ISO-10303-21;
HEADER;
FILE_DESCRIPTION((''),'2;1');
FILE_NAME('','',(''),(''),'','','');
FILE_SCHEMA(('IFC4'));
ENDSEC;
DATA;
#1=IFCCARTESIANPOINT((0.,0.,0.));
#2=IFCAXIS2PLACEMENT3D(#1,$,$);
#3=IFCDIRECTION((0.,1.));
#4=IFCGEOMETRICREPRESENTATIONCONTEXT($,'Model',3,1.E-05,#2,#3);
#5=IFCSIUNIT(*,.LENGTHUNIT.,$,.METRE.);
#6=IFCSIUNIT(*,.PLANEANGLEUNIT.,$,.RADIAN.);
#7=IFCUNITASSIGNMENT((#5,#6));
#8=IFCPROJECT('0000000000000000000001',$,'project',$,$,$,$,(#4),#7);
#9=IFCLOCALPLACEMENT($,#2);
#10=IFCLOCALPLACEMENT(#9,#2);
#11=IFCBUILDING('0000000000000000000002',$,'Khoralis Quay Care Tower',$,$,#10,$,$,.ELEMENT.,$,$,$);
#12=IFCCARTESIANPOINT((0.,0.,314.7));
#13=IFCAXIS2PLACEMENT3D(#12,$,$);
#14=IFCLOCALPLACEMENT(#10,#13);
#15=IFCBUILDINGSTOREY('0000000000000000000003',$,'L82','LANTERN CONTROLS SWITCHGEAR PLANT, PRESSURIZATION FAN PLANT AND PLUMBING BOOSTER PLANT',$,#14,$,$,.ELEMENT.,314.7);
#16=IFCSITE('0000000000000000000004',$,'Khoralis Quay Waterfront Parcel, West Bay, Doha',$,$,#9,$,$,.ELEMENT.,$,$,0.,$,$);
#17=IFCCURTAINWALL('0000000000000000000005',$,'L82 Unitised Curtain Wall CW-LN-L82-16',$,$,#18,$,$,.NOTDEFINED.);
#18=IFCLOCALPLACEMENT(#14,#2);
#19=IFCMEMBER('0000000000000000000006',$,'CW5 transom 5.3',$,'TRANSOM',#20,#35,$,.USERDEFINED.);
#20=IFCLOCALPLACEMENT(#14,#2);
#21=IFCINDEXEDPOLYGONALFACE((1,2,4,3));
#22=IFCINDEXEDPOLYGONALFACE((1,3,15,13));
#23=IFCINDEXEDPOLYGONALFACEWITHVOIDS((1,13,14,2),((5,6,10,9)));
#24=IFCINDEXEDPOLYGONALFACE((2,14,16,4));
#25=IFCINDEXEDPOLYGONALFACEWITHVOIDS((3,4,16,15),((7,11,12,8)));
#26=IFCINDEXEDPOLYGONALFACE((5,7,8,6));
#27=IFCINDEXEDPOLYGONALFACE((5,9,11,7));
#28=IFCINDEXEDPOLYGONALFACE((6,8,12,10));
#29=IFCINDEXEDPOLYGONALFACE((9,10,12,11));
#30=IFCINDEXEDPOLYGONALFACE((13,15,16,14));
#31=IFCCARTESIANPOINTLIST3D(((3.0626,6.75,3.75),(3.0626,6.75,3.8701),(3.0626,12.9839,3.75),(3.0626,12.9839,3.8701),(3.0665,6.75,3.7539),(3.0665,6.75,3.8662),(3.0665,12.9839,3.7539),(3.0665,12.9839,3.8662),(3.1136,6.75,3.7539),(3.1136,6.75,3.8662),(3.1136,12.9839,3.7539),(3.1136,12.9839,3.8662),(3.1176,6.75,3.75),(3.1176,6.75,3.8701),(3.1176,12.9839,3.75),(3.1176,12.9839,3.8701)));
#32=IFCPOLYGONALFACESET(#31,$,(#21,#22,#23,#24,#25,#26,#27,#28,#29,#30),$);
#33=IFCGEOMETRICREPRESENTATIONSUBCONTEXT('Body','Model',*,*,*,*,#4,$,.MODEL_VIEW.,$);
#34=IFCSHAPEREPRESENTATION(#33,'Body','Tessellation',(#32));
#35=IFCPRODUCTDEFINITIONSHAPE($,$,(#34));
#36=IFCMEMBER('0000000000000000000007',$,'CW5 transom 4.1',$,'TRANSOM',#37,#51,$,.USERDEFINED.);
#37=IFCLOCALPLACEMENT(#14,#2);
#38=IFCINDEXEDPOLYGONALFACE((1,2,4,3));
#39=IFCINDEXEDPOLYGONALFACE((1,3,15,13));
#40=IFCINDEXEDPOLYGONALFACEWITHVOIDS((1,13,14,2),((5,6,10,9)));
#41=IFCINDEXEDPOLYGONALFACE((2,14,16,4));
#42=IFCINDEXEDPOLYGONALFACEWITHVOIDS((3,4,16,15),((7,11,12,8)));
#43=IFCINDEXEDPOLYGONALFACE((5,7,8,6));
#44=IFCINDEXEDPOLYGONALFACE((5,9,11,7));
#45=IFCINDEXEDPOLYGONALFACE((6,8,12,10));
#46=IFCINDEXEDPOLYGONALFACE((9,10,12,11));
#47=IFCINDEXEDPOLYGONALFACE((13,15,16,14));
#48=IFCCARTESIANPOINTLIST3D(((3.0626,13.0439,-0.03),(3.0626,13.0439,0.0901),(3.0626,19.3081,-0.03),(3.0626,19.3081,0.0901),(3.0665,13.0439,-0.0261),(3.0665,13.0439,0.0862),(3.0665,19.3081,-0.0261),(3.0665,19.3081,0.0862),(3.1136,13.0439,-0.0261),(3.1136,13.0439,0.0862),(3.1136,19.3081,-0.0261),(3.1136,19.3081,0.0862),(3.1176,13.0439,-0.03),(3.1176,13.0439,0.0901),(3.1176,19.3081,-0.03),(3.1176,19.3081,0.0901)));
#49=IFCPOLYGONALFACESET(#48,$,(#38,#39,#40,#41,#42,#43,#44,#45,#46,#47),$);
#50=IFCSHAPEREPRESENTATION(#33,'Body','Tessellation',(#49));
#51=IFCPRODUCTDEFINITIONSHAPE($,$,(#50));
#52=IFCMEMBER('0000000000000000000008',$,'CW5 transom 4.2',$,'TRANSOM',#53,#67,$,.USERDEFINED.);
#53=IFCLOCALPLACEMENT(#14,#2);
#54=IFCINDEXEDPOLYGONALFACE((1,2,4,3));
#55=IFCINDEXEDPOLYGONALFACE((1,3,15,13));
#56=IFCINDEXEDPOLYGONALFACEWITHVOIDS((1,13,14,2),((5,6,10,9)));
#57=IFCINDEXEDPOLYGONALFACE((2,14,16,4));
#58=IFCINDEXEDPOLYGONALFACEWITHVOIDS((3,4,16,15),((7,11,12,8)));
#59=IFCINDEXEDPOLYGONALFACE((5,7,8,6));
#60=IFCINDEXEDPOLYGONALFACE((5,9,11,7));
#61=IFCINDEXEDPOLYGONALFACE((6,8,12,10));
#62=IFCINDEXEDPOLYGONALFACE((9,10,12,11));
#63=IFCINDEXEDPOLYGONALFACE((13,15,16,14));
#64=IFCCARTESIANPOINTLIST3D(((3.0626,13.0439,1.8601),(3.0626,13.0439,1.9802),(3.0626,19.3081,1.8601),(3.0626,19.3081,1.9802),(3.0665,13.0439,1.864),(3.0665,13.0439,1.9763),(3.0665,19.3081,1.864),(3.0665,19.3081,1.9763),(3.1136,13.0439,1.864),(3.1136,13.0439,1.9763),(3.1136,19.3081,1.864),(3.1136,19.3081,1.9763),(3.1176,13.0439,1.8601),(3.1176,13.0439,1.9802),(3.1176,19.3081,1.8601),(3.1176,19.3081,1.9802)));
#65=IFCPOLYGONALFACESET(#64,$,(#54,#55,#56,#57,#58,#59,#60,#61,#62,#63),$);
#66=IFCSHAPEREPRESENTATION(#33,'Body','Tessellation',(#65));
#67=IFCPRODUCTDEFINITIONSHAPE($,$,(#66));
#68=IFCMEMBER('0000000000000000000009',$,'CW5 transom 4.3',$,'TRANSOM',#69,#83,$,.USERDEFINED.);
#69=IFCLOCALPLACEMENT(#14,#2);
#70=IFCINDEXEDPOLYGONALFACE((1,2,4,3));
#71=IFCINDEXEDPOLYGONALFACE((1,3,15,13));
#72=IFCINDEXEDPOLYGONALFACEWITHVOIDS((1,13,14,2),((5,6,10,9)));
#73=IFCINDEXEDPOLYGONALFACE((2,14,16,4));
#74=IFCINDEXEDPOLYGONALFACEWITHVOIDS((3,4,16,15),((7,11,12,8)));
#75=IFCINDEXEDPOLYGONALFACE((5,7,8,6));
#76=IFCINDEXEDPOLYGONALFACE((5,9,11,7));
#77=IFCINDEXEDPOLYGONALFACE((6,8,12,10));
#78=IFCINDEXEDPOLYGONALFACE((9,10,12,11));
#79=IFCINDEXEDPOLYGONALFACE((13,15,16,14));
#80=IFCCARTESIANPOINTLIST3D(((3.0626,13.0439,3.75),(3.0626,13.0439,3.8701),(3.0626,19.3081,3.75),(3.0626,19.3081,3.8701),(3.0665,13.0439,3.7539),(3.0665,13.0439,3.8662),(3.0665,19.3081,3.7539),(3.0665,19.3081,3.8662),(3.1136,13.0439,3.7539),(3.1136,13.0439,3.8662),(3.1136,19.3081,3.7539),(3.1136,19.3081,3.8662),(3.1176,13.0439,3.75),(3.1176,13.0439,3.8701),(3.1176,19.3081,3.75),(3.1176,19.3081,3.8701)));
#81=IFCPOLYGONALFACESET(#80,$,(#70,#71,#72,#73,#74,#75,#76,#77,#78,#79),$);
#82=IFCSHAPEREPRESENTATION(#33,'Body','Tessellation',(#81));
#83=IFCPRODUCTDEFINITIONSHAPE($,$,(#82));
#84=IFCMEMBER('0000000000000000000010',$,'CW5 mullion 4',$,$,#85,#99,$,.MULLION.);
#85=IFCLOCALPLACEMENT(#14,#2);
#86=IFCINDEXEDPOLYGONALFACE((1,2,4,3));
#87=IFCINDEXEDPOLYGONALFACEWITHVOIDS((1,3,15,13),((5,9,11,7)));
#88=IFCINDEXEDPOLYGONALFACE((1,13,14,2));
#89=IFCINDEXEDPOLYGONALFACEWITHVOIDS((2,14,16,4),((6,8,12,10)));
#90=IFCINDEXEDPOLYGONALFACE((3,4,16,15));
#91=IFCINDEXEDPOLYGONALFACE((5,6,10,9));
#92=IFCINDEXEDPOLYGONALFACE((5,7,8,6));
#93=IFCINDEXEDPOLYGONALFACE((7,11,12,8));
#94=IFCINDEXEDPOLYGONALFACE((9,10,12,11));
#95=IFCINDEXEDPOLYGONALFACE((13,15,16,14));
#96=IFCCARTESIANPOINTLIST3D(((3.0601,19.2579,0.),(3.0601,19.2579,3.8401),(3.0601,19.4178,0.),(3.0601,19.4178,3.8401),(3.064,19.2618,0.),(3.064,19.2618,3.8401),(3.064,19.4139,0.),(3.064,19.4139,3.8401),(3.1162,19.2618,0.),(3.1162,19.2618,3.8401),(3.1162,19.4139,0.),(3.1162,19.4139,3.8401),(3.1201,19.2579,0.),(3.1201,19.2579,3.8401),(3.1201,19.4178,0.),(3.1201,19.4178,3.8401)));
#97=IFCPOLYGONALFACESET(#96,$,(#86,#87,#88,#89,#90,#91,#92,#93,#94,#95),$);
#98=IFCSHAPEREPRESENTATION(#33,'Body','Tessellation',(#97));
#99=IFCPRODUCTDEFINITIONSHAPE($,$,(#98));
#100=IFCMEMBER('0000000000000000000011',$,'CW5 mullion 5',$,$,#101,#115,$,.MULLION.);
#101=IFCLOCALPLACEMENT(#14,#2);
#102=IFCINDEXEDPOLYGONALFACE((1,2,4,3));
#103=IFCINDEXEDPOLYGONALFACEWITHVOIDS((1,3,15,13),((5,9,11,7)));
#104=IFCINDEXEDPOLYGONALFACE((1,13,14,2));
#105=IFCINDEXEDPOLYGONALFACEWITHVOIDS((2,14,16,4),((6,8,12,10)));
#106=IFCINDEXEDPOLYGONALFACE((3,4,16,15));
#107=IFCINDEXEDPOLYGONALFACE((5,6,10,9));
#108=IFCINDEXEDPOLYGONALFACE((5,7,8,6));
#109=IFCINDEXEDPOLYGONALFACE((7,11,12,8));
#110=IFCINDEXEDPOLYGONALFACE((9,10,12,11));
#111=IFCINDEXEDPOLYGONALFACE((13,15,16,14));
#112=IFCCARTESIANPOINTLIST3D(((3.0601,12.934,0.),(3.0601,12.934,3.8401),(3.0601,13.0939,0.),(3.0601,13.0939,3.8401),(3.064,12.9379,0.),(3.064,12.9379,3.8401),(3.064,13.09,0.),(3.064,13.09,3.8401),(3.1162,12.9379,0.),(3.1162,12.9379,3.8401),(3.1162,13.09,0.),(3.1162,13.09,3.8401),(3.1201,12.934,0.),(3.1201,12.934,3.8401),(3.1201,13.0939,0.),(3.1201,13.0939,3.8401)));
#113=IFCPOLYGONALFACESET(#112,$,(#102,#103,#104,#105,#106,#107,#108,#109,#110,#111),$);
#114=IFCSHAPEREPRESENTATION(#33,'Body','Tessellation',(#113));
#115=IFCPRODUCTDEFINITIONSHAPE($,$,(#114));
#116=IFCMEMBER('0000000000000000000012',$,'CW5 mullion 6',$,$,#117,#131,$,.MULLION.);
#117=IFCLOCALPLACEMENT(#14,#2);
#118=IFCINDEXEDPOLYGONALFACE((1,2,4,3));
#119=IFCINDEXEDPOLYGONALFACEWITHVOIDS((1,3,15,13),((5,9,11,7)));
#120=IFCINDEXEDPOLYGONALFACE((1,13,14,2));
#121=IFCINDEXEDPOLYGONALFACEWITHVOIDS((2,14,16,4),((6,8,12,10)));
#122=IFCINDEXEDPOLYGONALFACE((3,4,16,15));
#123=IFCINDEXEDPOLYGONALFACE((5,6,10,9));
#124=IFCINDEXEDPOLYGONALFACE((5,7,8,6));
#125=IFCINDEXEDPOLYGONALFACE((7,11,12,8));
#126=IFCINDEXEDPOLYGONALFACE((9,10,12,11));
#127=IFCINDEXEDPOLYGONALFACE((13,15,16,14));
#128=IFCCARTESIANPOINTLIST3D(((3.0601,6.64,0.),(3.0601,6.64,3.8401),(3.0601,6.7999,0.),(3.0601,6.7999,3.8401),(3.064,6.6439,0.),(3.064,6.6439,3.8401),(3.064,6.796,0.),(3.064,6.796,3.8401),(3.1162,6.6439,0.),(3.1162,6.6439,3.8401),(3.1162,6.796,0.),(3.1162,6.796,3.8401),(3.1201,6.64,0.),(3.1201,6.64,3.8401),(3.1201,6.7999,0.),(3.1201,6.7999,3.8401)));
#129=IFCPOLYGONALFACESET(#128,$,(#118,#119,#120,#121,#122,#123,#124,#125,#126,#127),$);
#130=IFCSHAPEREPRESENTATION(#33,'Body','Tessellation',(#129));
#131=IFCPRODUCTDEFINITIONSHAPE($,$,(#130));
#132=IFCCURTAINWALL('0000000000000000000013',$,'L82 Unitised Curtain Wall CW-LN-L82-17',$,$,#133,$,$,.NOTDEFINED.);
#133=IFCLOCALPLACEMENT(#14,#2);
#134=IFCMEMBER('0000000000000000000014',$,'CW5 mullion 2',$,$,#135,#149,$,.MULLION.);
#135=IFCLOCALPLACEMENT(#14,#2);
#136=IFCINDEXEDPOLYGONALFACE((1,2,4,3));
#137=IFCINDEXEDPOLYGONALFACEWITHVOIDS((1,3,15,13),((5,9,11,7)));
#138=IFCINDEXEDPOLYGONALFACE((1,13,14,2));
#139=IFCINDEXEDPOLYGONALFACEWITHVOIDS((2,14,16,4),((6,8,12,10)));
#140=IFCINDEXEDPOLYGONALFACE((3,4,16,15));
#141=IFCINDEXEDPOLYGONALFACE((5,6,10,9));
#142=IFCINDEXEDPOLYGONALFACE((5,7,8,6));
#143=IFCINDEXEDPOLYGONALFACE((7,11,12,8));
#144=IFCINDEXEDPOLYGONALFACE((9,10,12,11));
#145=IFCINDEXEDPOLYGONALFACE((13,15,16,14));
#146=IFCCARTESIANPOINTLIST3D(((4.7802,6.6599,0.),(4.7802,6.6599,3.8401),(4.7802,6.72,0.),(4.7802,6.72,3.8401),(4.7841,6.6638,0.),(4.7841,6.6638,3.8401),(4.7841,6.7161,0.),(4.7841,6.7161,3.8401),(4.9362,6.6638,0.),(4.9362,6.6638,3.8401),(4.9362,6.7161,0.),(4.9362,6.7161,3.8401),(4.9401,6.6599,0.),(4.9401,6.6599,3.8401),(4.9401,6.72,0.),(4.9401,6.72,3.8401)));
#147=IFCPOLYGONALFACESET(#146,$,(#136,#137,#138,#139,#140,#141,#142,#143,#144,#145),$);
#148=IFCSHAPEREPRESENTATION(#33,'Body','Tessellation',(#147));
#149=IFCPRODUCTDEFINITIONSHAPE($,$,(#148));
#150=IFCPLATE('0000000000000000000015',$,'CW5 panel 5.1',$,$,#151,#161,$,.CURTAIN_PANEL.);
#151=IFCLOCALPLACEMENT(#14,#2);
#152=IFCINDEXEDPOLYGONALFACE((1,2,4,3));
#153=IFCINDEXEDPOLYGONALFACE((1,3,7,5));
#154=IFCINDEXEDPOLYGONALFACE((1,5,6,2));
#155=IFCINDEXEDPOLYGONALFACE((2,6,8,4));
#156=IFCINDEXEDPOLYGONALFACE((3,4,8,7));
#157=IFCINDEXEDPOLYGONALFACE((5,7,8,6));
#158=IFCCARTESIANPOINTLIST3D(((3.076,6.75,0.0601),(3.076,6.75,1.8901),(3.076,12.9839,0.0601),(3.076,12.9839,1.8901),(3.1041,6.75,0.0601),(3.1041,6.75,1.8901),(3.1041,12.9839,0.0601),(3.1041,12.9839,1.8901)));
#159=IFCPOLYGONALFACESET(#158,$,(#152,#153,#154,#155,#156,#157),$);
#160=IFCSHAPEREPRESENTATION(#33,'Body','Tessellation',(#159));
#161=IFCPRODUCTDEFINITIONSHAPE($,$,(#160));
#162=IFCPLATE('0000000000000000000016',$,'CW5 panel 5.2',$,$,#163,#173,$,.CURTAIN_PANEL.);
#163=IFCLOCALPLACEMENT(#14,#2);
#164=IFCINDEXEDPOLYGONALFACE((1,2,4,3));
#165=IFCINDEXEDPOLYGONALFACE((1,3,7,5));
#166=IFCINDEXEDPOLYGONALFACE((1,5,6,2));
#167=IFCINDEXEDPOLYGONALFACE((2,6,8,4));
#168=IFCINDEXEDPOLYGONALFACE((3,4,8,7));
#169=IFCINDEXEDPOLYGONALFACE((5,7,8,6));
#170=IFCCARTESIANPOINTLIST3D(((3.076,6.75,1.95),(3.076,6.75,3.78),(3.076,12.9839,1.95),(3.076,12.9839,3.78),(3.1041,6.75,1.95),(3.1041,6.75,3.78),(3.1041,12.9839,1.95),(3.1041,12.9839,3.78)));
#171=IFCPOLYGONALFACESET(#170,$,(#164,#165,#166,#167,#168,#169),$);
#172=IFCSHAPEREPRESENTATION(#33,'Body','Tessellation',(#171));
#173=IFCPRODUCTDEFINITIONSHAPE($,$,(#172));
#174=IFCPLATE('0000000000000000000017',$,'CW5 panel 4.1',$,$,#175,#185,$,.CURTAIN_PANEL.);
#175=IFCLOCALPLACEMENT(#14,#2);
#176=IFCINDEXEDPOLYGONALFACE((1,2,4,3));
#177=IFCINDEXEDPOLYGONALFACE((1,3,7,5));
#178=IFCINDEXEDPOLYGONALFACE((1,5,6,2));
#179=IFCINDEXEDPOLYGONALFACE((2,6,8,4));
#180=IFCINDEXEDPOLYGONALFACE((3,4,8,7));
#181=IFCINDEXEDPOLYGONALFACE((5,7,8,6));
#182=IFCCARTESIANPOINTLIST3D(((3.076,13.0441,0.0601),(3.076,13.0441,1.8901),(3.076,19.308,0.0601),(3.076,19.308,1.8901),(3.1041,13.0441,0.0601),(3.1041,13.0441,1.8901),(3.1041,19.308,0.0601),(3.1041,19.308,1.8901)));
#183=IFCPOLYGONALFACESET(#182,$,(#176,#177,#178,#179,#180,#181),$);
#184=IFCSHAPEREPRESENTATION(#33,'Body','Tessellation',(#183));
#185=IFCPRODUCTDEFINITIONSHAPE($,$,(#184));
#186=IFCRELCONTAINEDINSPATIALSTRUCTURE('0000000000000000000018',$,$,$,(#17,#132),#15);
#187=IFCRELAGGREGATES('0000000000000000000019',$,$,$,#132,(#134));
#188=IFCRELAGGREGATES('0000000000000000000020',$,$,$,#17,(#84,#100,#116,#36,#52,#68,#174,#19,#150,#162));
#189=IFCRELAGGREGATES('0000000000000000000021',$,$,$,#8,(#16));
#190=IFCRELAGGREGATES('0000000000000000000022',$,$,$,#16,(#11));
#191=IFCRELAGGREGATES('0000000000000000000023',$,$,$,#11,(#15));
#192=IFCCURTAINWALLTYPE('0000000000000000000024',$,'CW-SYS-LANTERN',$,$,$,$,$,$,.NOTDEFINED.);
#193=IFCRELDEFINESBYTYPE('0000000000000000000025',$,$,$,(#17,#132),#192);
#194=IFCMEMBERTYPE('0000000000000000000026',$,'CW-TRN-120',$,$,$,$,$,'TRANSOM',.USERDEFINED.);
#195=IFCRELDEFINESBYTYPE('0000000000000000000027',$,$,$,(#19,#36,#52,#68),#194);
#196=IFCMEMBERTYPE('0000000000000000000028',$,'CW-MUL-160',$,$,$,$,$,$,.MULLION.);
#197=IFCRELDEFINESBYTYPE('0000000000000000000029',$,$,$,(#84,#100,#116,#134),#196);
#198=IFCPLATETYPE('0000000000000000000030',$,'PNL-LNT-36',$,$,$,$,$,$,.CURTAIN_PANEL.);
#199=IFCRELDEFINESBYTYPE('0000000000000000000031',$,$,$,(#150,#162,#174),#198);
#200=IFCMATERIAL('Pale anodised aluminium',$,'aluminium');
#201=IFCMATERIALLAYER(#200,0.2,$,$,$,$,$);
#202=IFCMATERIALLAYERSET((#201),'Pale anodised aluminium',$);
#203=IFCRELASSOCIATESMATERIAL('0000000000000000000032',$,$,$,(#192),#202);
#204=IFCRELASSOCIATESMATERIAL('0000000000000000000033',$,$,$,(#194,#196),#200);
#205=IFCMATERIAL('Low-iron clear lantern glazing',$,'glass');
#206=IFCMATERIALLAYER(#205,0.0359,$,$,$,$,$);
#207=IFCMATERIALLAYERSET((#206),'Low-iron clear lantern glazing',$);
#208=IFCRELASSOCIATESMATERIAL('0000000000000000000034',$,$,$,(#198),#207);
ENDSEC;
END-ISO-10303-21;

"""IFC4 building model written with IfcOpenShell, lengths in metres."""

from ifc_helpers import new_model, si_unit, direction, frame, origin, origin_2d, place, context, subcontext, project, spatial, rectangle, hollow_rectangle, extrude, source, transform, mapped, material, layer, layer_set, material_profile, profile_set, type_object, element, aggregate, save


model = new_model("IFC4")

# Units and contexts
model_context = context("Model", 3, precision=1e-05, world=origin(), true_north=direction((0.0, 1.0)))
body_context = subcontext(model_context, "Body", "Model", "MODEL_VIEW")
ifc_project = project(units=[si_unit("LENGTHUNIT", "METRE"), si_unit("PLANEANGLEUNIT", "RADIAN")], contexts=[model_context])

# Site, building, storey
site_placement = place(None, origin())
site = spatial("IfcSite", under=ifc_project, at=site_placement, Name="Khoralis Quay Waterfront Parcel, West Bay, Doha", CompositionType="ELEMENT", RefElevation=0.0)
building_placement = place(site_placement, origin())
building = spatial("IfcBuilding", under=site, at=building_placement, Name="Khoralis Quay Care Tower", CompositionType="ELEMENT")
storey_placement = place(building_placement, frame((0.0, 0.0, 314.7)))
storey = spatial("IfcBuildingStorey", under=building, at=storey_placement, Name="L82", Description="LANTERN CONTROLS SWITCHGEAR PLANT, PRESSURIZATION FAN PLANT AND PLUMBING BOOSTER PLANT", CompositionType="ELEMENT", Elevation=314.7)

# Curtain wall, members
ifc_material_1 = material(Name="Pale anodised aluminium", Category="aluminium")
ifc_layer_1 = layer(ifc_material_1, 0.2)
ifc_layer_set_1 = layer_set([ifc_layer_1], Name="Pale anodised aluminium")
curtain_wall_type = type_object("IfcCurtainWallType", Name="CW-SYS-LANTERN", PredefinedType="NOTDEFINED", material=ifc_layer_set_1)
curtain_wall_1_placement = place(storey_placement, origin())
curtain_wall_1 = element("IfcCurtainWall", 1, at=curtain_wall_1_placement, inside=storey, type_object=curtain_wall_type, Name="L82 Unitised Curtain Wall CW-LN-L82-16", PredefinedType="NOTDEFINED")
ifc_material_profile_1 = material_profile(ifc_material_1, hollow_rectangle(XDim=0.0549, YDim=0.1201, WallThickness=0.0039, at=origin_2d()), Name="Pale anodised aluminium")
ifc_profile_set_1 = profile_set([ifc_material_profile_1], Name="Pale anodised aluminium")
member_type_1 = type_object("IfcMemberType", Name="CW-TRN-120", ElementType="TRANSOM", PredefinedType="USERDEFINED", material=ifc_profile_set_1)
shared_shape_1 = source(origin(), body_context, "Body", "SweptSolid", [
    extrude(hollow_rectangle(XDim=0.0549, YDim=0.1201, WallThickness=0.0039, at=origin_2d()), origin(), (0.0, 0.0, 1.0), 6.2339),
])
member_1_placement = place(storey_placement, frame((3.0901, 12.9839, 3.8101), z_axis=(0.0, -1.0, 0.0), x_axis=(1.0, 0.0, 0.0)))
member_1 = element("IfcMember", 2, at=member_1_placement, type_object=member_type_1, Name="CW5 transom 5.3", ObjectType="TRANSOM", PredefinedType="USERDEFINED", context=body_context, shape_type="MappedRepresentation", body=[
    mapped(shared_shape_1, transform((0.0, 0.0, 0.0), scale=1.0)),
])
shared_shape_2 = source(origin(), body_context, "Body", "SweptSolid", [
    extrude(hollow_rectangle(XDim=0.0549, YDim=0.1201, WallThickness=0.0039, at=origin_2d()), origin(), (0.0, 0.0, 1.0), 6.2642),
])
member_2_placement = place(storey_placement, frame((3.0901, 19.3081, 0.03), z_axis=(0.0, -1.0, 0.0), x_axis=(1.0, 0.0, 0.0)))
member_2 = element("IfcMember", 3, at=member_2_placement, type_object=member_type_1, Name="CW5 transom 4.1", ObjectType="TRANSOM", PredefinedType="USERDEFINED", context=body_context, shape_type="MappedRepresentation", body=[
    mapped(shared_shape_2, transform((0.0, 0.0, 0.0), scale=1.0)),
])
member_3_placement = place(storey_placement, frame((3.0901, 19.3081, 1.9202), z_axis=(0.0, -1.0, 0.0), x_axis=(1.0, 0.0, 0.0)))
member_3 = element("IfcMember", 4, at=member_3_placement, type_object=member_type_1, Name="CW5 transom 4.2", ObjectType="TRANSOM", PredefinedType="USERDEFINED", context=body_context, shape_type="MappedRepresentation", body=[
    mapped(shared_shape_2, transform((0.0, 0.0, 0.0), scale=1.0)),
])
member_4_placement = place(storey_placement, frame((3.0901, 19.3081, 3.8101), z_axis=(0.0, -1.0, 0.0), x_axis=(1.0, 0.0, 0.0)))
member_4 = element("IfcMember", 5, at=member_4_placement, type_object=member_type_1, Name="CW5 transom 4.3", ObjectType="TRANSOM", PredefinedType="USERDEFINED", context=body_context, shape_type="MappedRepresentation", body=[
    mapped(shared_shape_2, transform((0.0, 0.0, 0.0), scale=1.0)),
])
ifc_material_profile_2 = material_profile(ifc_material_1, hollow_rectangle(XDim=0.0601, YDim=0.1599, WallThickness=0.0039, at=origin_2d()), Name="Pale anodised aluminium")
ifc_profile_set_2 = profile_set([ifc_material_profile_2], Name="Pale anodised aluminium")
member_type_2 = type_object("IfcMemberType", Name="CW-MUL-160", PredefinedType="MULLION", material=ifc_profile_set_2)
shared_shape_3 = source(origin(), body_context, "Body", "SweptSolid", [
    extrude(hollow_rectangle(XDim=0.0601, YDim=0.1599, WallThickness=0.0039, at=origin_2d()), origin(), (0.0, 0.0, 1.0), 3.8401),
])
member_5_placement = place(storey_placement, frame((3.0901, 19.3379, 0.0), z_axis=(0.0, 0.0, 1.0), x_axis=(1.0, 0.0, 0.0)))
member_5 = element("IfcMember", 6, at=member_5_placement, type_object=member_type_2, Name="CW5 mullion 4", PredefinedType="MULLION", context=body_context, shape_type="MappedRepresentation", body=[
    mapped(shared_shape_3, transform((0.0, 0.0, 0.0), scale=1.0)),
])
member_6_placement = place(storey_placement, frame((3.0901, 13.0139, 0.0), z_axis=(0.0, 0.0, 1.0), x_axis=(1.0, 0.0, 0.0)))
member_6 = element("IfcMember", 7, at=member_6_placement, type_object=member_type_2, Name="CW5 mullion 5", PredefinedType="MULLION", context=body_context, shape_type="MappedRepresentation", body=[
    mapped(shared_shape_3, transform((0.0, 0.0, 0.0), scale=1.0)),
])
member_7_placement = place(storey_placement, frame((3.0901, 6.72, 0.0), z_axis=(0.0, 0.0, 1.0), x_axis=(1.0, 0.0, 0.0)))
member_7 = element("IfcMember", 8, at=member_7_placement, type_object=member_type_2, Name="CW5 mullion 6", PredefinedType="MULLION", context=body_context, shape_type="MappedRepresentation", body=[
    mapped(shared_shape_3, transform((0.0, 0.0, 0.0), scale=1.0)),
])

# Curtain wall, member
curtain_wall_2_placement = place(storey_placement, origin())
curtain_wall_2 = element("IfcCurtainWall", 9, at=curtain_wall_2_placement, inside=storey, type_object=curtain_wall_type, Name="L82 Unitised Curtain Wall CW-LN-L82-17", PredefinedType="NOTDEFINED")
member_8_placement = place(storey_placement, frame((4.8601, 6.6899, 0.0), z_axis=(0.0, 0.0, 1.0), x_axis=(0.0, 1.0, 0.0)))
member_8 = element("IfcMember", 10, at=member_8_placement, type_object=member_type_2, Name="CW5 mullion 2", PredefinedType="MULLION", context=body_context, shape_type="MappedRepresentation", body=[
    mapped(shared_shape_3, transform((0.0, 0.0, 0.0), scale=1.0)),
])
aggregate(curtain_wall_2, [member_8])

# Plates
ifc_material_2 = material(Name="Low-iron clear lantern glazing", Category="glass")
ifc_layer_2 = layer(ifc_material_2, 0.0359)
ifc_layer_set_2 = layer_set([ifc_layer_2], Name="Low-iron clear lantern glazing")
plate_type = type_object("IfcPlateType", Name="PNL-LNT-36", PredefinedType="CURTAIN_PANEL", material=ifc_layer_set_2)
shared_shape_4 = source(origin(), body_context, "Body", "SweptSolid", [
    extrude(rectangle(XDim=6.2339, YDim=0.0281, at=origin_2d()), origin(), (0.0, 0.0, 1.0), 1.8301),
])
plate_1_placement = place(storey_placement, frame((3.0901, 9.8669, 0.0601), z_axis=(0.0, 0.0, 1.0), x_axis=(0.0, -1.0, 0.0)))
plate_1 = element("IfcPlate", 11, at=plate_1_placement, type_object=plate_type, Name="CW5 panel 5.1", PredefinedType="CURTAIN_PANEL", context=body_context, shape_type="MappedRepresentation", body=[
    mapped(shared_shape_4, transform((0.0, 0.0, 0.0), scale=1.0)),
])
plate_2_placement = place(storey_placement, frame((3.0901, 9.8669, 1.95), z_axis=(0.0, 0.0, 1.0), x_axis=(0.0, -1.0, 0.0)))
plate_2 = element("IfcPlate", 12, at=plate_2_placement, type_object=plate_type, Name="CW5 panel 5.2", PredefinedType="CURTAIN_PANEL", context=body_context, shape_type="MappedRepresentation", body=[
    mapped(shared_shape_4, transform((0.0, 0.0, 0.0), scale=1.0)),
])
shared_shape_5 = source(origin(), body_context, "Body", "SweptSolid", [
    extrude(rectangle(XDim=6.2639, YDim=0.0281, at=origin_2d()), origin(), (0.0, 0.0, 1.0), 1.8301),
])
plate_3_placement = place(storey_placement, frame((3.0901, 16.176, 0.0601), z_axis=(0.0, 0.0, 1.0), x_axis=(0.0, -1.0, 0.0)))
plate_3 = element("IfcPlate", 13, at=plate_3_placement, type_object=plate_type, Name="CW5 panel 4.1", PredefinedType="CURTAIN_PANEL", context=body_context, shape_type="MappedRepresentation", body=[
    mapped(shared_shape_5, transform((0.0, 0.0, 0.0), scale=1.0)),
])
aggregate(curtain_wall_1, [member_5, member_6, member_7, member_2, member_3, member_4, plate_3, member_1, plate_1, plate_2])

save(model, "model.ifc")
